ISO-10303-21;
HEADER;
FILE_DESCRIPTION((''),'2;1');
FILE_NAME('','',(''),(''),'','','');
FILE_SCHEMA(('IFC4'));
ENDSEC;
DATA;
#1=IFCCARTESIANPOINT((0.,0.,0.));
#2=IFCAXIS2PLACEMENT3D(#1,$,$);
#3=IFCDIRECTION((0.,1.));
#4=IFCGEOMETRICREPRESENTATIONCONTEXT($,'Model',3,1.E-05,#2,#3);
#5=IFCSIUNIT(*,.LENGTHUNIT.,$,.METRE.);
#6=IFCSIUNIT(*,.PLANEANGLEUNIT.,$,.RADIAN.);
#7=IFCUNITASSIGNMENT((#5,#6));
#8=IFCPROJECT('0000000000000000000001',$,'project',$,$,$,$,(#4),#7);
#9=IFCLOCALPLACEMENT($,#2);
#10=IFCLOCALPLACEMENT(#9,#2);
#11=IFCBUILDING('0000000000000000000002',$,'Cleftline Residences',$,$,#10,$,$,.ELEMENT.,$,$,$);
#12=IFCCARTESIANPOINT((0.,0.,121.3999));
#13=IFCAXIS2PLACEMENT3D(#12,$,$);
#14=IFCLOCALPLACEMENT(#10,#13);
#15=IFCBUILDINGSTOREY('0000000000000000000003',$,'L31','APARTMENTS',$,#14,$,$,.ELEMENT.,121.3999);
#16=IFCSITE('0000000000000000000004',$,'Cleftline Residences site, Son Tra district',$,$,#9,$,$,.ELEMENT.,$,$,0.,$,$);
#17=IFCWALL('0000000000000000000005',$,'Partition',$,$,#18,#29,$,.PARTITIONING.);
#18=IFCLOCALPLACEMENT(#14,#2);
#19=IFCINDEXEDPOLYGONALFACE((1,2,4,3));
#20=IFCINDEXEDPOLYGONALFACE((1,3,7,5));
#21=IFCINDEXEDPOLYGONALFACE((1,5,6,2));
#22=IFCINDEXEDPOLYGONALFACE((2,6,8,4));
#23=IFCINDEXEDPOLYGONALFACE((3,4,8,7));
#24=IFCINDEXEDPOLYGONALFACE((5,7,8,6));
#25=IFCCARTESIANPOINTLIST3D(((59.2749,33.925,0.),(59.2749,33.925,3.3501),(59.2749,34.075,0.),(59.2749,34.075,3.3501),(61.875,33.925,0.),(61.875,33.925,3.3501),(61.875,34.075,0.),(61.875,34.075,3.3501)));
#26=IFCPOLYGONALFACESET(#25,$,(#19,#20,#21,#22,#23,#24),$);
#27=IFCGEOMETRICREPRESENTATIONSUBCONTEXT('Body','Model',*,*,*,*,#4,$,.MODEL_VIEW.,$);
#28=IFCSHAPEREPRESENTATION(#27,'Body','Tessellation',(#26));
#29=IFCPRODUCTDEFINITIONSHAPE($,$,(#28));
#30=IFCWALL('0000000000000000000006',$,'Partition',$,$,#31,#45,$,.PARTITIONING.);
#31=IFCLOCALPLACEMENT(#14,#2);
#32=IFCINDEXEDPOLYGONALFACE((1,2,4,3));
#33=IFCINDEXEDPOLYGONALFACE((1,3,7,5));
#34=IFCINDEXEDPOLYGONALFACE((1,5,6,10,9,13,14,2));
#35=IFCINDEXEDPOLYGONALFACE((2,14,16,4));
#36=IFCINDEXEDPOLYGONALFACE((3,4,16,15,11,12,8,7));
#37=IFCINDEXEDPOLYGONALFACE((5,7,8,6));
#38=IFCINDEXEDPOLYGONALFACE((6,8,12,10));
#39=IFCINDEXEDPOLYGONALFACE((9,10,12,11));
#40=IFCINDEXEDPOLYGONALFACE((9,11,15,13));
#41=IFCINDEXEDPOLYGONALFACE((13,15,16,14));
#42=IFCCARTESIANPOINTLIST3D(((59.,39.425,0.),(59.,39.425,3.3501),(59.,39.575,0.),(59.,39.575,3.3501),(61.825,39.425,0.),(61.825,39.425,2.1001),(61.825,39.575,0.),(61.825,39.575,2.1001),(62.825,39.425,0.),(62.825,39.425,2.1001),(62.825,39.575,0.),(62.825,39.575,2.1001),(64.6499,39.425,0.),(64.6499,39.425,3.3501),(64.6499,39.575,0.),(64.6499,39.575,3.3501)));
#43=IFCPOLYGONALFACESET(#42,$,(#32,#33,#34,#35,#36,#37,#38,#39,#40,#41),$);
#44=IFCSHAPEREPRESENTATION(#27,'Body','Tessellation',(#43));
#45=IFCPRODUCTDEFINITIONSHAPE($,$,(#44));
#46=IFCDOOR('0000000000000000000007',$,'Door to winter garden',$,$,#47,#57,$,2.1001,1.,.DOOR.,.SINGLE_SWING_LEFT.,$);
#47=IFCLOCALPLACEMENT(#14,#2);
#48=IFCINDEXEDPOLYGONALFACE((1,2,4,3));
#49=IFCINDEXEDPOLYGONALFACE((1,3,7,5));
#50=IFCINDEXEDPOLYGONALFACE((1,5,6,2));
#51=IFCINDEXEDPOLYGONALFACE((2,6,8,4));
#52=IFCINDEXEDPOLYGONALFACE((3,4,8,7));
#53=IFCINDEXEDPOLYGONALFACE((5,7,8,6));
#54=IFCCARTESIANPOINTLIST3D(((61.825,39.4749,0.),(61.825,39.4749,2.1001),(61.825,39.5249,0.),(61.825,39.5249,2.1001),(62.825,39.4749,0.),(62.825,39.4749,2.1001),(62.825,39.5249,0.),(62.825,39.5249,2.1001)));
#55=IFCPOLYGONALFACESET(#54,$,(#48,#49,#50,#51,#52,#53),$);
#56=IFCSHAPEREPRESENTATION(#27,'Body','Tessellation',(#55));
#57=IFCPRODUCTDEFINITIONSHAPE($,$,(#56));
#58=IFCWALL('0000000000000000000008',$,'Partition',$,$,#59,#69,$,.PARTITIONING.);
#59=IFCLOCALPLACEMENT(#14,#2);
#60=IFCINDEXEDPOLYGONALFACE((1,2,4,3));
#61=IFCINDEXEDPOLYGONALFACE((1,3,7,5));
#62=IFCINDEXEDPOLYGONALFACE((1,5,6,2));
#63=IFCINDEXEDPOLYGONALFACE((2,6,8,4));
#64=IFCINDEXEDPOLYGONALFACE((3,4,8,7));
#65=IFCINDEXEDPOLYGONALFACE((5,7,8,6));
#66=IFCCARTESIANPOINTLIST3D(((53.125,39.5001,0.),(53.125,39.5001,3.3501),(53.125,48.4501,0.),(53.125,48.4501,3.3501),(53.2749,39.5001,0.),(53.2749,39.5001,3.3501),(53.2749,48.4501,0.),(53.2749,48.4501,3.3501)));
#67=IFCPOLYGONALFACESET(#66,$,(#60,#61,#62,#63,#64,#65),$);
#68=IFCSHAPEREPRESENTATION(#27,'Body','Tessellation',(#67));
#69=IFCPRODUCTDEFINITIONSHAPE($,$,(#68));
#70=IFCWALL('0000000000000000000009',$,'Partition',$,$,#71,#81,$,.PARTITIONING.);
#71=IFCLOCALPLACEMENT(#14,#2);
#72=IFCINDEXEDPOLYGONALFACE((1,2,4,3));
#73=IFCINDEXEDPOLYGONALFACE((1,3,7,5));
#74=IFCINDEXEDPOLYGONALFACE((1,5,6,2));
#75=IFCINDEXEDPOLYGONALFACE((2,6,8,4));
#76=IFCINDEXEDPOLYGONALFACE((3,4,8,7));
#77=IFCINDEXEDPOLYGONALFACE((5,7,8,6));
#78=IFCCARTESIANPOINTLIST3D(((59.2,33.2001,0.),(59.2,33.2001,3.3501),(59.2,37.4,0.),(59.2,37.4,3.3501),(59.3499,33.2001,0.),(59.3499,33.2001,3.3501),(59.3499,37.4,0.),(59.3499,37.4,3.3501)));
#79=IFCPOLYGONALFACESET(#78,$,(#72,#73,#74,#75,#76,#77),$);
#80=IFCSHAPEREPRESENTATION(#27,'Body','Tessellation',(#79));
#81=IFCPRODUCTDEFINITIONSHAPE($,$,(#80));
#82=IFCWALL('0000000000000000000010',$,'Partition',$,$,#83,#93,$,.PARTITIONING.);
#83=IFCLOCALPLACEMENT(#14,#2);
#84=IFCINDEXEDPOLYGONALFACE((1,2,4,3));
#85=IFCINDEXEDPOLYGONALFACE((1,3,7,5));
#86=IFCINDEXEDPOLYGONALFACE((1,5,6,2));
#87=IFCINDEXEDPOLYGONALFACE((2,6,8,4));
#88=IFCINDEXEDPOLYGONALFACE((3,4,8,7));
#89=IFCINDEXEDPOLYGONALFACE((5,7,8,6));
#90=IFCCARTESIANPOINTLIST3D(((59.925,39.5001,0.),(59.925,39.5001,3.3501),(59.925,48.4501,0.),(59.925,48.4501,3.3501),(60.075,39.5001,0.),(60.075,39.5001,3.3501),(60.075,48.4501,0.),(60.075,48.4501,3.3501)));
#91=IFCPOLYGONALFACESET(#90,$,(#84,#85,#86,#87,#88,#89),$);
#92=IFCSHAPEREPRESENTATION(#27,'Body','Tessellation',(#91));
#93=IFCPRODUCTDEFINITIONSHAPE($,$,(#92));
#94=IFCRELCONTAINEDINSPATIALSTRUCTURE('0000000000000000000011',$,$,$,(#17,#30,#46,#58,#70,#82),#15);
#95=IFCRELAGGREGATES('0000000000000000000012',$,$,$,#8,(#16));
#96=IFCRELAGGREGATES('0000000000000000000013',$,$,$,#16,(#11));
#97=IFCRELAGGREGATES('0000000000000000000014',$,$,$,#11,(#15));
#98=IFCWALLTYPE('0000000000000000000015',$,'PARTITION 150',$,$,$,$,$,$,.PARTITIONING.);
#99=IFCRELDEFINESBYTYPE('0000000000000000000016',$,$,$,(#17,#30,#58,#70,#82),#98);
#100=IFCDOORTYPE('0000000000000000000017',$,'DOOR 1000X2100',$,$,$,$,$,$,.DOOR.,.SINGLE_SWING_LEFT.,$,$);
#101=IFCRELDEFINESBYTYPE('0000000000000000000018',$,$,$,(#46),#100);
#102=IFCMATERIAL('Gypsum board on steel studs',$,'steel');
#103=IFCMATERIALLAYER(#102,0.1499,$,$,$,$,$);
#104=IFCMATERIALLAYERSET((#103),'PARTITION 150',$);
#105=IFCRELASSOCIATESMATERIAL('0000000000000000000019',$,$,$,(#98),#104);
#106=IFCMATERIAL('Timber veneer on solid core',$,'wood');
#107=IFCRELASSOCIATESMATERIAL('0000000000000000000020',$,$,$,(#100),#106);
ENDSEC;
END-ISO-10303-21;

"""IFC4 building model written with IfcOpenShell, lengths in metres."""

from ifc_helpers import new_model, si_unit, direction, frame, frame_2d, origin, place, context, subcontext, project, spatial, rectangle, extrude, material, layer, layer_set, type_object, element, fill, save


model = new_model("IFC4")

# Units and contexts
model_context = context("Model", 3, precision=1e-05, world=origin(), true_north=direction((0.0, 1.0)))
body_context = subcontext(model_context, "Body", "Model", "MODEL_VIEW")
ifc_project = project(units=[si_unit("LENGTHUNIT", "METRE"), si_unit("PLANEANGLEUNIT", "RADIAN")], contexts=[model_context])

# Site, building, storey
site_placement = place(None, origin())
site = spatial("IfcSite", under=ifc_project, at=site_placement, Name="Cleftline Residences site, Son Tra district", CompositionType="ELEMENT", RefElevation=0.0)
building_placement = place(site_placement, origin())
building = spatial("IfcBuilding", under=site, at=building_placement, Name="Cleftline Residences", CompositionType="ELEMENT")
storey_placement = place(building_placement, frame((0.0, 0.0, 121.3999)))
storey = spatial("IfcBuildingStorey", under=building, at=storey_placement, Name="L31", Description="APARTMENTS", CompositionType="ELEMENT", Elevation=121.3999)

# Wall
ifc_material_1 = material(Name="Gypsum board on steel studs", Category="steel")
ifc_layer = layer(ifc_material_1, 0.1499)
ifc_layer_set = layer_set([ifc_layer], Name="PARTITION 150")
wall_type = type_object("IfcWallType", Name="PARTITION 150", PredefinedType="PARTITIONING", material=ifc_layer_set)
wall_1_placement = place(storey_placement, frame((59.2749, 34.0, 0.0), z_axis=(0.0, 0.0, 1.0), x_axis=(1.0, 0.0, 0.0)))
element("IfcWall", 1, at=wall_1_placement, inside=storey, type_object=wall_type, Name="Partition", PredefinedType="PARTITIONING", context=body_context, shape_type="SweptSolid", body=[
    extrude(rectangle(XDim=2.6001, YDim=0.1499, at=frame_2d((1.3, 0.0))), origin(), (0.0, 0.0, 1.0), 3.3501),
])

# Wall, opening, door
wall_2_placement = place(storey_placement, frame((59.0, 39.5, 0.0), z_axis=(0.0, 0.0, 1.0), x_axis=(1.0, 0.0, 0.0)))
wall_2 = element("IfcWall", 2, at=wall_2_placement, inside=storey, type_object=wall_type, Name="Partition", PredefinedType="PARTITIONING", context=body_context, shape_type="SweptSolid", body=[
    extrude(rectangle(XDim=5.6499, YDim=0.1499, at=frame_2d((2.825, 0.0))), origin(), (0.0, 0.0, 1.0), 3.3501),
])
opening_placement = place(wall_2_placement, frame((2.825, 0.0, 0.0)))
opening = element("IfcOpeningElement", 3, at=opening_placement, cuts=wall_2, PredefinedType="OPENING", context=body_context, shape_type="SweptSolid", body=[
    extrude(rectangle(XDim=1.0, YDim=2.1001, at=frame_2d((0.5, 1.05))), frame((0.0, 0.085, 0.0), z_axis=(0.0, -1.0, 0.0), x_axis=(1.0, 0.0, 0.0)), (0.0, 0.0, 1.0), 0.1699),
])
ifc_material_2 = material(Name="Timber veneer on solid core", Category="wood")
door_type = type_object("IfcDoorType", Name="DOOR 1000X2100", OperationType="SINGLE_SWING_LEFT", PredefinedType="DOOR", material=ifc_material_2)
door_placement = place(opening_placement, origin())
door = element("IfcDoor", 4, at=door_placement, inside=storey, type_object=door_type, Name="Door to winter garden", OperationType="SINGLE_SWING_LEFT", OverallHeight=2.1001, OverallWidth=1.0, PredefinedType="DOOR", context=body_context, shape_type="SweptSolid", body=[
    extrude(rectangle(XDim=1.0, YDim=2.1001, at=frame_2d((0.5, 1.05))), frame((0.0, 0.0249, 0.0), z_axis=(0.0, -1.0, 0.0), x_axis=(1.0, 0.0, 0.0)), (0.0, 0.0, 1.0), 0.05),
])
fill(opening, door)

# Walls
wall_3_placement = place(storey_placement, frame((53.2, 39.5, 0.0), z_axis=(0.0, 0.0, 1.0), x_axis=(0.0, 1.0, 0.0)))
element("IfcWall", 5, at=wall_3_placement, inside=storey, type_object=wall_type, Name="Partition", PredefinedType="PARTITIONING", context=body_context, shape_type="SweptSolid", body=[
    extrude(rectangle(XDim=8.95, YDim=0.1499, at=frame_2d((4.4751, 0.0))), origin(), (0.0, 0.0, 1.0), 3.3501),
])
wall_4_placement = place(storey_placement, frame((59.2749, 33.2, 0.0), z_axis=(0.0, 0.0, 1.0), x_axis=(0.0, 1.0, 0.0)))
element("IfcWall", 6, at=wall_4_placement, inside=storey, type_object=wall_type, Name="Partition", PredefinedType="PARTITIONING", context=body_context, shape_type="SweptSolid", body=[
    extrude(rectangle(XDim=4.2, YDim=0.1499, at=frame_2d((2.1001, 0.0))), origin(), (0.0, 0.0, 1.0), 3.3501),
])
wall_5_placement = place(storey_placement, frame((60.0, 39.5, 0.0), z_axis=(0.0, 0.0, 1.0), x_axis=(0.0, 1.0, 0.0)))
element("IfcWall", 7, at=wall_5_placement, inside=storey, type_object=wall_type, Name="Partition", PredefinedType="PARTITIONING", context=body_context, shape_type="SweptSolid", body=[
    extrude(rectangle(XDim=8.95, YDim=0.1499, at=frame_2d((4.4751, 0.0))), origin(), (0.0, 0.0, 1.0), 3.3501),
])

save(model, "model.ifc")
